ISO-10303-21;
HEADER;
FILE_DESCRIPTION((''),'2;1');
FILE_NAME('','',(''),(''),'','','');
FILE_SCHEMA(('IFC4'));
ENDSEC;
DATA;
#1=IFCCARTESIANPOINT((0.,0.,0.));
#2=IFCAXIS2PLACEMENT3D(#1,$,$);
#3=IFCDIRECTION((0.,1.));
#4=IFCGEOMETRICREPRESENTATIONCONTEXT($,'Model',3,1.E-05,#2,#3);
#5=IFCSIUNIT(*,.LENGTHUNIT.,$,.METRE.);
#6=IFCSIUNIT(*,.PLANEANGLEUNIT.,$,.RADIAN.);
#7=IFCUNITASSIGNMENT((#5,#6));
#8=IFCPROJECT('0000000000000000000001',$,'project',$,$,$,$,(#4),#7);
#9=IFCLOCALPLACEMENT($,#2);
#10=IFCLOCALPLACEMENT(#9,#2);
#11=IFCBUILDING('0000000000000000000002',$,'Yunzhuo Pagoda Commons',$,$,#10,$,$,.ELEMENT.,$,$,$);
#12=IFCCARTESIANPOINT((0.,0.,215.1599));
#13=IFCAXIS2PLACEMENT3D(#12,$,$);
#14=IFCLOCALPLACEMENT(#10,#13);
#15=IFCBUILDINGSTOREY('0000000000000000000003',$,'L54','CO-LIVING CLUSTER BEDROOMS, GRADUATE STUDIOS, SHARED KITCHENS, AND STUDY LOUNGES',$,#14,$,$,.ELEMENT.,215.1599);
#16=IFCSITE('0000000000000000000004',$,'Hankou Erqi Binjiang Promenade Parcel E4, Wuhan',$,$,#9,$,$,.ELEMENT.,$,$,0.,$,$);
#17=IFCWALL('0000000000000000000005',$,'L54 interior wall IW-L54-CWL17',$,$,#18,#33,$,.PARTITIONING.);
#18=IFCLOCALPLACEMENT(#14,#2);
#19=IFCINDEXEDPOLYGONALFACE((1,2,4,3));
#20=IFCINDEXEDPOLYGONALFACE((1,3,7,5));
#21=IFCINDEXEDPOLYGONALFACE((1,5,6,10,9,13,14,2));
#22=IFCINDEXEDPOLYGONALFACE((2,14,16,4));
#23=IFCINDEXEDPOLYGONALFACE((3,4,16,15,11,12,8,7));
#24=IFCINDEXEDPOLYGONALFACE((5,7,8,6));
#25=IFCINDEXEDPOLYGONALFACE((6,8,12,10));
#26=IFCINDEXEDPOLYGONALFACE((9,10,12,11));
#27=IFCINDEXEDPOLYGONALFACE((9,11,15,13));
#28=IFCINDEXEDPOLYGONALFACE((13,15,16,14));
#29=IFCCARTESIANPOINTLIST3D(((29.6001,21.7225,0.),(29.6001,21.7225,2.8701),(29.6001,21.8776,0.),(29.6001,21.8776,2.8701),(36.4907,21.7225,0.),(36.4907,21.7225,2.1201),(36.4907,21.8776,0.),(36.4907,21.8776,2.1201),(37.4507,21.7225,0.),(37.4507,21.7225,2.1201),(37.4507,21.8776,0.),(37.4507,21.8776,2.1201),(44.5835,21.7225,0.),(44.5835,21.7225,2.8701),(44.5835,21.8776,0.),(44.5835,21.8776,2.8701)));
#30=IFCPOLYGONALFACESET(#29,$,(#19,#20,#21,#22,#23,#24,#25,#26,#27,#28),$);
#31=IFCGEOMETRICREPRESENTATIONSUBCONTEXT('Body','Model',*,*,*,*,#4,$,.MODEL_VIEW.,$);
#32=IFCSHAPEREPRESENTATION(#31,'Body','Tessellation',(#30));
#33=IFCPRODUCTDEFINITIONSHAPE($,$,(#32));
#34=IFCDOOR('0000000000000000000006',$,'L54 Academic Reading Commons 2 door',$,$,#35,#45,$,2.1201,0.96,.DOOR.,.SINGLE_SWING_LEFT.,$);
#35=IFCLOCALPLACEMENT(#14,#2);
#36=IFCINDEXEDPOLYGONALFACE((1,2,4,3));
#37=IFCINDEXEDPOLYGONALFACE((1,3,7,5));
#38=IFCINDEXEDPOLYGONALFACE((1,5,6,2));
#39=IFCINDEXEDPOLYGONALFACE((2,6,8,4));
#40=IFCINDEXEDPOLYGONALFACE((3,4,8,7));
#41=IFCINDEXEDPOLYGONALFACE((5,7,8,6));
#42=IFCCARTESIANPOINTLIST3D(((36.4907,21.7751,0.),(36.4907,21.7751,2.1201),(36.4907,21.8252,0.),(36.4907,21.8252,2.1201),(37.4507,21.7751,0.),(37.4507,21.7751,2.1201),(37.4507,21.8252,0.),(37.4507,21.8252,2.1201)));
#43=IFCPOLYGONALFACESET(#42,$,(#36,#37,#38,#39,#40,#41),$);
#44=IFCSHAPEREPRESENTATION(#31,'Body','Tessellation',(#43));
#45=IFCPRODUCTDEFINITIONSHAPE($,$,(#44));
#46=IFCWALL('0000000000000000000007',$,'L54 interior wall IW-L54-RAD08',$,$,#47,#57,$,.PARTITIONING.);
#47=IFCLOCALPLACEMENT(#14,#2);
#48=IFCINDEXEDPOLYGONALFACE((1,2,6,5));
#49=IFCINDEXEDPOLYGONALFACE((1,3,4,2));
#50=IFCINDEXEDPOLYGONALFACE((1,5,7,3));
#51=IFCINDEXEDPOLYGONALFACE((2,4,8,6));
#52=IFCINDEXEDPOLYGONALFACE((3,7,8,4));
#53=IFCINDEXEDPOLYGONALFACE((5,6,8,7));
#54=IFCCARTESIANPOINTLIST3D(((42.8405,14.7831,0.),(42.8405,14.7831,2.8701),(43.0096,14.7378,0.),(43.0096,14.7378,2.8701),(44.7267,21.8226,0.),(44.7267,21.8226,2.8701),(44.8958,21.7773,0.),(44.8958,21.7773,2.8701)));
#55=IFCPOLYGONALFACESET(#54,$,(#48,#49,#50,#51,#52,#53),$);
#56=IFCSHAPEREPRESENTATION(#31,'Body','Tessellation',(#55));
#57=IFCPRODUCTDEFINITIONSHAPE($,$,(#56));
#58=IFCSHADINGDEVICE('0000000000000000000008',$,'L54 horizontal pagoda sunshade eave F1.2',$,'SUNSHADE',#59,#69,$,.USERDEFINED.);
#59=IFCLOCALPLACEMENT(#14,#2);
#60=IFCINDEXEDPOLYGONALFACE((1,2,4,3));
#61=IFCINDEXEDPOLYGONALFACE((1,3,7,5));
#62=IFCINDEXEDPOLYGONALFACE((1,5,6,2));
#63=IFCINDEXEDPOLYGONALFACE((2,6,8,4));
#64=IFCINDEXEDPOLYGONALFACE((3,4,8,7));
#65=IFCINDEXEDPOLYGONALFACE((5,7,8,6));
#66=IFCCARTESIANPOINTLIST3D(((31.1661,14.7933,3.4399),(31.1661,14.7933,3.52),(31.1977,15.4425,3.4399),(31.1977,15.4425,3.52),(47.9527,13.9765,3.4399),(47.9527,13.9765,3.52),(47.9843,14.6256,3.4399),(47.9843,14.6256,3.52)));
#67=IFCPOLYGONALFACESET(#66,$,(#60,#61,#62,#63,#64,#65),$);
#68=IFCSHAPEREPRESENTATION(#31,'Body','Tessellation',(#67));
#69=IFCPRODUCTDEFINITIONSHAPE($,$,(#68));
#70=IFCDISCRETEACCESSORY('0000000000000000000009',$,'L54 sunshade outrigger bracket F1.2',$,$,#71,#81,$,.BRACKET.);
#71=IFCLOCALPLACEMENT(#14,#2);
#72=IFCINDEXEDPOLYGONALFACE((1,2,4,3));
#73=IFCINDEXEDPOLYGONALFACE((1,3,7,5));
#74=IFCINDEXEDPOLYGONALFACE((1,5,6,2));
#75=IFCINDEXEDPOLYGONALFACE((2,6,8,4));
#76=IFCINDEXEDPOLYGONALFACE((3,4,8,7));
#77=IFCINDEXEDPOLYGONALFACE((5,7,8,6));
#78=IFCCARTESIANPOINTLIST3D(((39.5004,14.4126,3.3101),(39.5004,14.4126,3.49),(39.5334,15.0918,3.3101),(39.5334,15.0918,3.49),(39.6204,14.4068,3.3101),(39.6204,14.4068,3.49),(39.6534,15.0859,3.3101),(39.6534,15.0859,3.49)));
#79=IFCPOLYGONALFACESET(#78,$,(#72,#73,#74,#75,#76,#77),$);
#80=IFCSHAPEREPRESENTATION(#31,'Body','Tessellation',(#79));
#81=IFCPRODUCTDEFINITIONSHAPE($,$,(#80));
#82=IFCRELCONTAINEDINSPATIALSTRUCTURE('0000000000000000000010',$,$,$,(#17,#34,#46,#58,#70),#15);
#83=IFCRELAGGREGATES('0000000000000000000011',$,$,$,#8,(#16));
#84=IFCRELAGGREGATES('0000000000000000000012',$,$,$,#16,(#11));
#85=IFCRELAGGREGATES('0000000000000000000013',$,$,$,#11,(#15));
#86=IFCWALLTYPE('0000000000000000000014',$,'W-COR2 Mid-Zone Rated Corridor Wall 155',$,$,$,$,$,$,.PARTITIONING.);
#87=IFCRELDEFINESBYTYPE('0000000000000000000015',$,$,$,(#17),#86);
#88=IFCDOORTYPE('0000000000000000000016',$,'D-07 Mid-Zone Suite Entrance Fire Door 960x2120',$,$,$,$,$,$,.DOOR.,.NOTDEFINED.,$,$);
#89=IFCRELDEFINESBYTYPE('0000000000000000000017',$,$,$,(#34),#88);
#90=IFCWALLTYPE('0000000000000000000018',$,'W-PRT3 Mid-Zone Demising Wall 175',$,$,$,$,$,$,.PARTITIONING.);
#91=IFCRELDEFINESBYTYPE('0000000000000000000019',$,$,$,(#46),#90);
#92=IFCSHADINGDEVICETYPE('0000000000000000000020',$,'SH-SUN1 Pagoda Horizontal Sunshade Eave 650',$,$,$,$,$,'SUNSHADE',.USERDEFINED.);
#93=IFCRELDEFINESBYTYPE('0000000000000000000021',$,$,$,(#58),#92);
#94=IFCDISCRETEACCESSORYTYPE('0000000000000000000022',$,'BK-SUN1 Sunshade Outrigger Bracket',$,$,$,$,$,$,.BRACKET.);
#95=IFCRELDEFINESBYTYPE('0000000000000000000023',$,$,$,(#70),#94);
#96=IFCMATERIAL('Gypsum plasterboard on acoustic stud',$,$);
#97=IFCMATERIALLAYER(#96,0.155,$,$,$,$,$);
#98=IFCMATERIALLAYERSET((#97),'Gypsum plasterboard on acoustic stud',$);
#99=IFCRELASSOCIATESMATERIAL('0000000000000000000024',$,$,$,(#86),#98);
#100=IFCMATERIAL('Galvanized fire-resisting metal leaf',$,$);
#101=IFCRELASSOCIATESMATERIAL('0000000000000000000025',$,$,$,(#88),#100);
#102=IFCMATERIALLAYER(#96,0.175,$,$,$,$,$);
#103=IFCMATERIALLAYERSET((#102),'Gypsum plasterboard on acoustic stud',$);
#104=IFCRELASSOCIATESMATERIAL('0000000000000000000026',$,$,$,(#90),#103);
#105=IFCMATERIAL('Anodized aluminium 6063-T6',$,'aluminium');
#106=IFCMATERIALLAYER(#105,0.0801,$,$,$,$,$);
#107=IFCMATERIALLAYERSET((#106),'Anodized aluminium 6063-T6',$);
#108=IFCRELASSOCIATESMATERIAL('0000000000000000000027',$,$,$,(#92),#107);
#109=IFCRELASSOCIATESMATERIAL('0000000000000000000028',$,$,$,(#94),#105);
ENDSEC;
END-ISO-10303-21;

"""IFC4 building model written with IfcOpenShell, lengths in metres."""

from ifc_helpers import new_model, si_unit, direction, frame, frame_2d, origin, origin_with_axes, origin_2d, place, context, subcontext, project, spatial, rectangle, extrude, source, transform, mapped, material, layer, layer_set, type_object, element, fill, save


model = new_model("IFC4")

# Units and contexts
model_context = context("Model", 3, precision=1e-05, world=origin(), true_north=direction((0.0, 1.0)))
body_context = subcontext(model_context, "Body", "Model", "MODEL_VIEW")
ifc_project = project(units=[si_unit("LENGTHUNIT", "METRE"), si_unit("PLANEANGLEUNIT", "RADIAN")], contexts=[model_context])

# Site, building, storey
site_placement = place(None, origin())
site = spatial("IfcSite", under=ifc_project, at=site_placement, Name="Hankou Erqi Binjiang Promenade Parcel E4, Wuhan", CompositionType="ELEMENT", RefElevation=0.0)
building_placement = place(site_placement, origin())
building = spatial("IfcBuilding", under=site, at=building_placement, Name="Yunzhuo Pagoda Commons", CompositionType="ELEMENT")
storey_placement = place(building_placement, frame((0.0, 0.0, 215.1599)))
storey = spatial("IfcBuildingStorey", under=building, at=storey_placement, Name="L54", Description="CO-LIVING CLUSTER BEDROOMS, GRADUATE STUDIOS, SHARED KITCHENS, AND STUDY LOUNGES", CompositionType="ELEMENT", Elevation=215.1599)

# Shared definitions
ifc_material_1 = material(Name="Anodized aluminium 6063-T6", Category="aluminium")

# Wall, opening, door
ifc_material_2 = material(Name="Gypsum plasterboard on acoustic stud")
ifc_layer_1 = layer(ifc_material_2, 0.155)
ifc_layer_set_1 = layer_set([ifc_layer_1], Name="Gypsum plasterboard on acoustic stud")
wall_type_1 = type_object("IfcWallType", Name="W-COR2 Mid-Zone Rated Corridor Wall 155", PredefinedType="PARTITIONING", material=ifc_layer_set_1)
wall_1_placement = place(storey_placement, frame((44.5835, 21.8, 0.0), z_axis=(0.0, 0.0, 1.0), x_axis=(-1.0, 0.0, 0.0)))
wall_1 = element("IfcWall", 1, at=wall_1_placement, inside=storey, type_object=wall_type_1, Name="L54 interior wall IW-L54-CWL17", PredefinedType="PARTITIONING", context=body_context, shape_type="SweptSolid", body=[
    extrude(rectangle(XDim=14.9834, YDim=0.155, at=frame_2d((7.4917, 0.0))), origin(), (0.0, 0.0, 1.0), 2.8701),
])
opening_placement = place(wall_1_placement, frame((7.1328, 0.0, 0.0)))
opening = element("IfcOpeningElement", 2, at=opening_placement, cuts=wall_1, PredefinedType="OPENING", context=body_context, shape_type="SweptSolid", body=[
    extrude(rectangle(XDim=0.96, YDim=2.1201, at=frame_2d((0.48, 1.0601))), frame((0.0, 0.0874, 0.0), z_axis=(0.0, -1.0, 0.0), x_axis=(1.0, 0.0, 0.0)), (0.0, 0.0, 1.0), 0.175),
])
ifc_material_3 = material(Name="Galvanized fire-resisting metal leaf")
door_type = type_object("IfcDoorType", Name="D-07 Mid-Zone Suite Entrance Fire Door 960x2120", OperationType="NOTDEFINED", PredefinedType="DOOR", material=ifc_material_3)
shared_shape_1 = source(origin(), body_context, "Body", "SweptSolid", [
    extrude(rectangle(XDim=0.96, YDim=2.1201, at=frame_2d((0.48, 1.0601))), frame((0.0, 0.0249, 0.0), z_axis=(0.0, -1.0, 0.0), x_axis=(1.0, 0.0, 0.0)), (0.0, 0.0, 1.0), 0.05),
])
door_placement = place(opening_placement, origin_with_axes())
door = element("IfcDoor", 3, at=door_placement, inside=storey, type_object=door_type, Name="L54 Academic Reading Commons 2 door", OperationType="SINGLE_SWING_LEFT", OverallHeight=2.1201, OverallWidth=0.96, PredefinedType="DOOR", context=body_context, shape_type="MappedRepresentation", body=[
    mapped(shared_shape_1, transform((0.0, 0.0, 0.0), scale=1.0)),
])
fill(opening, door)

# Wall
ifc_layer_2 = layer(ifc_material_2, 0.175)
ifc_layer_set_2 = layer_set([ifc_layer_2], Name="Gypsum plasterboard on acoustic stud")
wall_type_2 = type_object("IfcWallType", Name="W-PRT3 Mid-Zone Demising Wall 175", PredefinedType="PARTITIONING", material=ifc_layer_set_2)
wall_2_placement = place(storey_placement, frame((44.8113, 21.8, 0.0), z_axis=(0.0, 0.0, 1.0), x_axis=(-0.258818, -0.965926, 0.0)))
element("IfcWall", 4, at=wall_2_placement, inside=storey, type_object=wall_type_2, Name="L54 interior wall IW-L54-RAD08", PredefinedType="PARTITIONING", context=body_context, shape_type="SweptSolid", body=[
    extrude(rectangle(XDim=7.2878, YDim=0.175, at=frame_2d((3.644, 0.0))), origin(), (0.0, 0.0, 1.0), 2.8701),
])

# Shading device
ifc_layer_3 = layer(ifc_material_1, 0.0801)
ifc_layer_set_3 = layer_set([ifc_layer_3], Name="Anodized aluminium 6063-T6")
shading_device_type = type_object("IfcShadingDeviceType", Name="SH-SUN1 Pagoda Horizontal Sunshade Eave 650", ElementType="SUNSHADE", PredefinedType="USERDEFINED", material=ifc_layer_set_3)
shared_shape_2 = source(origin(), body_context, "Body", "SweptSolid", [
    extrude(rectangle(XDim=16.8064, YDim=0.6499, at=origin_2d()), origin(), (0.0, 0.0, 1.0), 0.0801),
])
shading_device_placement = place(storey_placement, frame((39.5752, 14.7095, 3.4399), z_axis=(0.0, 0.0, 1.0), x_axis=(0.998818, -0.048606, 0.0)))
element("IfcShadingDevice", 5, at=shading_device_placement, inside=storey, type_object=shading_device_type, Name="L54 horizontal pagoda sunshade eave F1.2", ObjectType="SUNSHADE", PredefinedType="USERDEFINED", context=body_context, shape_type="MappedRepresentation", body=[
    mapped(shared_shape_2, transform((0.0, 0.0, 0.0), scale=1.0)),
])

# Discrete accessory
discrete_accessory_type = type_object("IfcDiscreteAccessoryType", Name="BK-SUN1 Sunshade Outrigger Bracket", PredefinedType="BRACKET", material=ifc_material_1)
shared_shape_3 = source(origin(), body_context, "Body", "SweptSolid", [
    extrude(rectangle(XDim=0.1201, YDim=0.6799, at=origin_2d()), origin(), (0.0, 0.0, 1.0), 0.1799),
])
discrete_accessory_placement = place(storey_placement, frame((39.5769, 14.7493, 3.3101), z_axis=(0.0, 0.0, 1.0), x_axis=(0.998818, -0.048606, 0.0)))
element("IfcDiscreteAccessory", 6, at=discrete_accessory_placement, inside=storey, type_object=discrete_accessory_type, Name="L54 sunshade outrigger bracket F1.2", PredefinedType="BRACKET", context=body_context, shape_type="MappedRepresentation", body=[
    mapped(shared_shape_3, transform((0.0, 0.0, 0.0), scale=1.0)),
])

save(model, "model.ifc")
